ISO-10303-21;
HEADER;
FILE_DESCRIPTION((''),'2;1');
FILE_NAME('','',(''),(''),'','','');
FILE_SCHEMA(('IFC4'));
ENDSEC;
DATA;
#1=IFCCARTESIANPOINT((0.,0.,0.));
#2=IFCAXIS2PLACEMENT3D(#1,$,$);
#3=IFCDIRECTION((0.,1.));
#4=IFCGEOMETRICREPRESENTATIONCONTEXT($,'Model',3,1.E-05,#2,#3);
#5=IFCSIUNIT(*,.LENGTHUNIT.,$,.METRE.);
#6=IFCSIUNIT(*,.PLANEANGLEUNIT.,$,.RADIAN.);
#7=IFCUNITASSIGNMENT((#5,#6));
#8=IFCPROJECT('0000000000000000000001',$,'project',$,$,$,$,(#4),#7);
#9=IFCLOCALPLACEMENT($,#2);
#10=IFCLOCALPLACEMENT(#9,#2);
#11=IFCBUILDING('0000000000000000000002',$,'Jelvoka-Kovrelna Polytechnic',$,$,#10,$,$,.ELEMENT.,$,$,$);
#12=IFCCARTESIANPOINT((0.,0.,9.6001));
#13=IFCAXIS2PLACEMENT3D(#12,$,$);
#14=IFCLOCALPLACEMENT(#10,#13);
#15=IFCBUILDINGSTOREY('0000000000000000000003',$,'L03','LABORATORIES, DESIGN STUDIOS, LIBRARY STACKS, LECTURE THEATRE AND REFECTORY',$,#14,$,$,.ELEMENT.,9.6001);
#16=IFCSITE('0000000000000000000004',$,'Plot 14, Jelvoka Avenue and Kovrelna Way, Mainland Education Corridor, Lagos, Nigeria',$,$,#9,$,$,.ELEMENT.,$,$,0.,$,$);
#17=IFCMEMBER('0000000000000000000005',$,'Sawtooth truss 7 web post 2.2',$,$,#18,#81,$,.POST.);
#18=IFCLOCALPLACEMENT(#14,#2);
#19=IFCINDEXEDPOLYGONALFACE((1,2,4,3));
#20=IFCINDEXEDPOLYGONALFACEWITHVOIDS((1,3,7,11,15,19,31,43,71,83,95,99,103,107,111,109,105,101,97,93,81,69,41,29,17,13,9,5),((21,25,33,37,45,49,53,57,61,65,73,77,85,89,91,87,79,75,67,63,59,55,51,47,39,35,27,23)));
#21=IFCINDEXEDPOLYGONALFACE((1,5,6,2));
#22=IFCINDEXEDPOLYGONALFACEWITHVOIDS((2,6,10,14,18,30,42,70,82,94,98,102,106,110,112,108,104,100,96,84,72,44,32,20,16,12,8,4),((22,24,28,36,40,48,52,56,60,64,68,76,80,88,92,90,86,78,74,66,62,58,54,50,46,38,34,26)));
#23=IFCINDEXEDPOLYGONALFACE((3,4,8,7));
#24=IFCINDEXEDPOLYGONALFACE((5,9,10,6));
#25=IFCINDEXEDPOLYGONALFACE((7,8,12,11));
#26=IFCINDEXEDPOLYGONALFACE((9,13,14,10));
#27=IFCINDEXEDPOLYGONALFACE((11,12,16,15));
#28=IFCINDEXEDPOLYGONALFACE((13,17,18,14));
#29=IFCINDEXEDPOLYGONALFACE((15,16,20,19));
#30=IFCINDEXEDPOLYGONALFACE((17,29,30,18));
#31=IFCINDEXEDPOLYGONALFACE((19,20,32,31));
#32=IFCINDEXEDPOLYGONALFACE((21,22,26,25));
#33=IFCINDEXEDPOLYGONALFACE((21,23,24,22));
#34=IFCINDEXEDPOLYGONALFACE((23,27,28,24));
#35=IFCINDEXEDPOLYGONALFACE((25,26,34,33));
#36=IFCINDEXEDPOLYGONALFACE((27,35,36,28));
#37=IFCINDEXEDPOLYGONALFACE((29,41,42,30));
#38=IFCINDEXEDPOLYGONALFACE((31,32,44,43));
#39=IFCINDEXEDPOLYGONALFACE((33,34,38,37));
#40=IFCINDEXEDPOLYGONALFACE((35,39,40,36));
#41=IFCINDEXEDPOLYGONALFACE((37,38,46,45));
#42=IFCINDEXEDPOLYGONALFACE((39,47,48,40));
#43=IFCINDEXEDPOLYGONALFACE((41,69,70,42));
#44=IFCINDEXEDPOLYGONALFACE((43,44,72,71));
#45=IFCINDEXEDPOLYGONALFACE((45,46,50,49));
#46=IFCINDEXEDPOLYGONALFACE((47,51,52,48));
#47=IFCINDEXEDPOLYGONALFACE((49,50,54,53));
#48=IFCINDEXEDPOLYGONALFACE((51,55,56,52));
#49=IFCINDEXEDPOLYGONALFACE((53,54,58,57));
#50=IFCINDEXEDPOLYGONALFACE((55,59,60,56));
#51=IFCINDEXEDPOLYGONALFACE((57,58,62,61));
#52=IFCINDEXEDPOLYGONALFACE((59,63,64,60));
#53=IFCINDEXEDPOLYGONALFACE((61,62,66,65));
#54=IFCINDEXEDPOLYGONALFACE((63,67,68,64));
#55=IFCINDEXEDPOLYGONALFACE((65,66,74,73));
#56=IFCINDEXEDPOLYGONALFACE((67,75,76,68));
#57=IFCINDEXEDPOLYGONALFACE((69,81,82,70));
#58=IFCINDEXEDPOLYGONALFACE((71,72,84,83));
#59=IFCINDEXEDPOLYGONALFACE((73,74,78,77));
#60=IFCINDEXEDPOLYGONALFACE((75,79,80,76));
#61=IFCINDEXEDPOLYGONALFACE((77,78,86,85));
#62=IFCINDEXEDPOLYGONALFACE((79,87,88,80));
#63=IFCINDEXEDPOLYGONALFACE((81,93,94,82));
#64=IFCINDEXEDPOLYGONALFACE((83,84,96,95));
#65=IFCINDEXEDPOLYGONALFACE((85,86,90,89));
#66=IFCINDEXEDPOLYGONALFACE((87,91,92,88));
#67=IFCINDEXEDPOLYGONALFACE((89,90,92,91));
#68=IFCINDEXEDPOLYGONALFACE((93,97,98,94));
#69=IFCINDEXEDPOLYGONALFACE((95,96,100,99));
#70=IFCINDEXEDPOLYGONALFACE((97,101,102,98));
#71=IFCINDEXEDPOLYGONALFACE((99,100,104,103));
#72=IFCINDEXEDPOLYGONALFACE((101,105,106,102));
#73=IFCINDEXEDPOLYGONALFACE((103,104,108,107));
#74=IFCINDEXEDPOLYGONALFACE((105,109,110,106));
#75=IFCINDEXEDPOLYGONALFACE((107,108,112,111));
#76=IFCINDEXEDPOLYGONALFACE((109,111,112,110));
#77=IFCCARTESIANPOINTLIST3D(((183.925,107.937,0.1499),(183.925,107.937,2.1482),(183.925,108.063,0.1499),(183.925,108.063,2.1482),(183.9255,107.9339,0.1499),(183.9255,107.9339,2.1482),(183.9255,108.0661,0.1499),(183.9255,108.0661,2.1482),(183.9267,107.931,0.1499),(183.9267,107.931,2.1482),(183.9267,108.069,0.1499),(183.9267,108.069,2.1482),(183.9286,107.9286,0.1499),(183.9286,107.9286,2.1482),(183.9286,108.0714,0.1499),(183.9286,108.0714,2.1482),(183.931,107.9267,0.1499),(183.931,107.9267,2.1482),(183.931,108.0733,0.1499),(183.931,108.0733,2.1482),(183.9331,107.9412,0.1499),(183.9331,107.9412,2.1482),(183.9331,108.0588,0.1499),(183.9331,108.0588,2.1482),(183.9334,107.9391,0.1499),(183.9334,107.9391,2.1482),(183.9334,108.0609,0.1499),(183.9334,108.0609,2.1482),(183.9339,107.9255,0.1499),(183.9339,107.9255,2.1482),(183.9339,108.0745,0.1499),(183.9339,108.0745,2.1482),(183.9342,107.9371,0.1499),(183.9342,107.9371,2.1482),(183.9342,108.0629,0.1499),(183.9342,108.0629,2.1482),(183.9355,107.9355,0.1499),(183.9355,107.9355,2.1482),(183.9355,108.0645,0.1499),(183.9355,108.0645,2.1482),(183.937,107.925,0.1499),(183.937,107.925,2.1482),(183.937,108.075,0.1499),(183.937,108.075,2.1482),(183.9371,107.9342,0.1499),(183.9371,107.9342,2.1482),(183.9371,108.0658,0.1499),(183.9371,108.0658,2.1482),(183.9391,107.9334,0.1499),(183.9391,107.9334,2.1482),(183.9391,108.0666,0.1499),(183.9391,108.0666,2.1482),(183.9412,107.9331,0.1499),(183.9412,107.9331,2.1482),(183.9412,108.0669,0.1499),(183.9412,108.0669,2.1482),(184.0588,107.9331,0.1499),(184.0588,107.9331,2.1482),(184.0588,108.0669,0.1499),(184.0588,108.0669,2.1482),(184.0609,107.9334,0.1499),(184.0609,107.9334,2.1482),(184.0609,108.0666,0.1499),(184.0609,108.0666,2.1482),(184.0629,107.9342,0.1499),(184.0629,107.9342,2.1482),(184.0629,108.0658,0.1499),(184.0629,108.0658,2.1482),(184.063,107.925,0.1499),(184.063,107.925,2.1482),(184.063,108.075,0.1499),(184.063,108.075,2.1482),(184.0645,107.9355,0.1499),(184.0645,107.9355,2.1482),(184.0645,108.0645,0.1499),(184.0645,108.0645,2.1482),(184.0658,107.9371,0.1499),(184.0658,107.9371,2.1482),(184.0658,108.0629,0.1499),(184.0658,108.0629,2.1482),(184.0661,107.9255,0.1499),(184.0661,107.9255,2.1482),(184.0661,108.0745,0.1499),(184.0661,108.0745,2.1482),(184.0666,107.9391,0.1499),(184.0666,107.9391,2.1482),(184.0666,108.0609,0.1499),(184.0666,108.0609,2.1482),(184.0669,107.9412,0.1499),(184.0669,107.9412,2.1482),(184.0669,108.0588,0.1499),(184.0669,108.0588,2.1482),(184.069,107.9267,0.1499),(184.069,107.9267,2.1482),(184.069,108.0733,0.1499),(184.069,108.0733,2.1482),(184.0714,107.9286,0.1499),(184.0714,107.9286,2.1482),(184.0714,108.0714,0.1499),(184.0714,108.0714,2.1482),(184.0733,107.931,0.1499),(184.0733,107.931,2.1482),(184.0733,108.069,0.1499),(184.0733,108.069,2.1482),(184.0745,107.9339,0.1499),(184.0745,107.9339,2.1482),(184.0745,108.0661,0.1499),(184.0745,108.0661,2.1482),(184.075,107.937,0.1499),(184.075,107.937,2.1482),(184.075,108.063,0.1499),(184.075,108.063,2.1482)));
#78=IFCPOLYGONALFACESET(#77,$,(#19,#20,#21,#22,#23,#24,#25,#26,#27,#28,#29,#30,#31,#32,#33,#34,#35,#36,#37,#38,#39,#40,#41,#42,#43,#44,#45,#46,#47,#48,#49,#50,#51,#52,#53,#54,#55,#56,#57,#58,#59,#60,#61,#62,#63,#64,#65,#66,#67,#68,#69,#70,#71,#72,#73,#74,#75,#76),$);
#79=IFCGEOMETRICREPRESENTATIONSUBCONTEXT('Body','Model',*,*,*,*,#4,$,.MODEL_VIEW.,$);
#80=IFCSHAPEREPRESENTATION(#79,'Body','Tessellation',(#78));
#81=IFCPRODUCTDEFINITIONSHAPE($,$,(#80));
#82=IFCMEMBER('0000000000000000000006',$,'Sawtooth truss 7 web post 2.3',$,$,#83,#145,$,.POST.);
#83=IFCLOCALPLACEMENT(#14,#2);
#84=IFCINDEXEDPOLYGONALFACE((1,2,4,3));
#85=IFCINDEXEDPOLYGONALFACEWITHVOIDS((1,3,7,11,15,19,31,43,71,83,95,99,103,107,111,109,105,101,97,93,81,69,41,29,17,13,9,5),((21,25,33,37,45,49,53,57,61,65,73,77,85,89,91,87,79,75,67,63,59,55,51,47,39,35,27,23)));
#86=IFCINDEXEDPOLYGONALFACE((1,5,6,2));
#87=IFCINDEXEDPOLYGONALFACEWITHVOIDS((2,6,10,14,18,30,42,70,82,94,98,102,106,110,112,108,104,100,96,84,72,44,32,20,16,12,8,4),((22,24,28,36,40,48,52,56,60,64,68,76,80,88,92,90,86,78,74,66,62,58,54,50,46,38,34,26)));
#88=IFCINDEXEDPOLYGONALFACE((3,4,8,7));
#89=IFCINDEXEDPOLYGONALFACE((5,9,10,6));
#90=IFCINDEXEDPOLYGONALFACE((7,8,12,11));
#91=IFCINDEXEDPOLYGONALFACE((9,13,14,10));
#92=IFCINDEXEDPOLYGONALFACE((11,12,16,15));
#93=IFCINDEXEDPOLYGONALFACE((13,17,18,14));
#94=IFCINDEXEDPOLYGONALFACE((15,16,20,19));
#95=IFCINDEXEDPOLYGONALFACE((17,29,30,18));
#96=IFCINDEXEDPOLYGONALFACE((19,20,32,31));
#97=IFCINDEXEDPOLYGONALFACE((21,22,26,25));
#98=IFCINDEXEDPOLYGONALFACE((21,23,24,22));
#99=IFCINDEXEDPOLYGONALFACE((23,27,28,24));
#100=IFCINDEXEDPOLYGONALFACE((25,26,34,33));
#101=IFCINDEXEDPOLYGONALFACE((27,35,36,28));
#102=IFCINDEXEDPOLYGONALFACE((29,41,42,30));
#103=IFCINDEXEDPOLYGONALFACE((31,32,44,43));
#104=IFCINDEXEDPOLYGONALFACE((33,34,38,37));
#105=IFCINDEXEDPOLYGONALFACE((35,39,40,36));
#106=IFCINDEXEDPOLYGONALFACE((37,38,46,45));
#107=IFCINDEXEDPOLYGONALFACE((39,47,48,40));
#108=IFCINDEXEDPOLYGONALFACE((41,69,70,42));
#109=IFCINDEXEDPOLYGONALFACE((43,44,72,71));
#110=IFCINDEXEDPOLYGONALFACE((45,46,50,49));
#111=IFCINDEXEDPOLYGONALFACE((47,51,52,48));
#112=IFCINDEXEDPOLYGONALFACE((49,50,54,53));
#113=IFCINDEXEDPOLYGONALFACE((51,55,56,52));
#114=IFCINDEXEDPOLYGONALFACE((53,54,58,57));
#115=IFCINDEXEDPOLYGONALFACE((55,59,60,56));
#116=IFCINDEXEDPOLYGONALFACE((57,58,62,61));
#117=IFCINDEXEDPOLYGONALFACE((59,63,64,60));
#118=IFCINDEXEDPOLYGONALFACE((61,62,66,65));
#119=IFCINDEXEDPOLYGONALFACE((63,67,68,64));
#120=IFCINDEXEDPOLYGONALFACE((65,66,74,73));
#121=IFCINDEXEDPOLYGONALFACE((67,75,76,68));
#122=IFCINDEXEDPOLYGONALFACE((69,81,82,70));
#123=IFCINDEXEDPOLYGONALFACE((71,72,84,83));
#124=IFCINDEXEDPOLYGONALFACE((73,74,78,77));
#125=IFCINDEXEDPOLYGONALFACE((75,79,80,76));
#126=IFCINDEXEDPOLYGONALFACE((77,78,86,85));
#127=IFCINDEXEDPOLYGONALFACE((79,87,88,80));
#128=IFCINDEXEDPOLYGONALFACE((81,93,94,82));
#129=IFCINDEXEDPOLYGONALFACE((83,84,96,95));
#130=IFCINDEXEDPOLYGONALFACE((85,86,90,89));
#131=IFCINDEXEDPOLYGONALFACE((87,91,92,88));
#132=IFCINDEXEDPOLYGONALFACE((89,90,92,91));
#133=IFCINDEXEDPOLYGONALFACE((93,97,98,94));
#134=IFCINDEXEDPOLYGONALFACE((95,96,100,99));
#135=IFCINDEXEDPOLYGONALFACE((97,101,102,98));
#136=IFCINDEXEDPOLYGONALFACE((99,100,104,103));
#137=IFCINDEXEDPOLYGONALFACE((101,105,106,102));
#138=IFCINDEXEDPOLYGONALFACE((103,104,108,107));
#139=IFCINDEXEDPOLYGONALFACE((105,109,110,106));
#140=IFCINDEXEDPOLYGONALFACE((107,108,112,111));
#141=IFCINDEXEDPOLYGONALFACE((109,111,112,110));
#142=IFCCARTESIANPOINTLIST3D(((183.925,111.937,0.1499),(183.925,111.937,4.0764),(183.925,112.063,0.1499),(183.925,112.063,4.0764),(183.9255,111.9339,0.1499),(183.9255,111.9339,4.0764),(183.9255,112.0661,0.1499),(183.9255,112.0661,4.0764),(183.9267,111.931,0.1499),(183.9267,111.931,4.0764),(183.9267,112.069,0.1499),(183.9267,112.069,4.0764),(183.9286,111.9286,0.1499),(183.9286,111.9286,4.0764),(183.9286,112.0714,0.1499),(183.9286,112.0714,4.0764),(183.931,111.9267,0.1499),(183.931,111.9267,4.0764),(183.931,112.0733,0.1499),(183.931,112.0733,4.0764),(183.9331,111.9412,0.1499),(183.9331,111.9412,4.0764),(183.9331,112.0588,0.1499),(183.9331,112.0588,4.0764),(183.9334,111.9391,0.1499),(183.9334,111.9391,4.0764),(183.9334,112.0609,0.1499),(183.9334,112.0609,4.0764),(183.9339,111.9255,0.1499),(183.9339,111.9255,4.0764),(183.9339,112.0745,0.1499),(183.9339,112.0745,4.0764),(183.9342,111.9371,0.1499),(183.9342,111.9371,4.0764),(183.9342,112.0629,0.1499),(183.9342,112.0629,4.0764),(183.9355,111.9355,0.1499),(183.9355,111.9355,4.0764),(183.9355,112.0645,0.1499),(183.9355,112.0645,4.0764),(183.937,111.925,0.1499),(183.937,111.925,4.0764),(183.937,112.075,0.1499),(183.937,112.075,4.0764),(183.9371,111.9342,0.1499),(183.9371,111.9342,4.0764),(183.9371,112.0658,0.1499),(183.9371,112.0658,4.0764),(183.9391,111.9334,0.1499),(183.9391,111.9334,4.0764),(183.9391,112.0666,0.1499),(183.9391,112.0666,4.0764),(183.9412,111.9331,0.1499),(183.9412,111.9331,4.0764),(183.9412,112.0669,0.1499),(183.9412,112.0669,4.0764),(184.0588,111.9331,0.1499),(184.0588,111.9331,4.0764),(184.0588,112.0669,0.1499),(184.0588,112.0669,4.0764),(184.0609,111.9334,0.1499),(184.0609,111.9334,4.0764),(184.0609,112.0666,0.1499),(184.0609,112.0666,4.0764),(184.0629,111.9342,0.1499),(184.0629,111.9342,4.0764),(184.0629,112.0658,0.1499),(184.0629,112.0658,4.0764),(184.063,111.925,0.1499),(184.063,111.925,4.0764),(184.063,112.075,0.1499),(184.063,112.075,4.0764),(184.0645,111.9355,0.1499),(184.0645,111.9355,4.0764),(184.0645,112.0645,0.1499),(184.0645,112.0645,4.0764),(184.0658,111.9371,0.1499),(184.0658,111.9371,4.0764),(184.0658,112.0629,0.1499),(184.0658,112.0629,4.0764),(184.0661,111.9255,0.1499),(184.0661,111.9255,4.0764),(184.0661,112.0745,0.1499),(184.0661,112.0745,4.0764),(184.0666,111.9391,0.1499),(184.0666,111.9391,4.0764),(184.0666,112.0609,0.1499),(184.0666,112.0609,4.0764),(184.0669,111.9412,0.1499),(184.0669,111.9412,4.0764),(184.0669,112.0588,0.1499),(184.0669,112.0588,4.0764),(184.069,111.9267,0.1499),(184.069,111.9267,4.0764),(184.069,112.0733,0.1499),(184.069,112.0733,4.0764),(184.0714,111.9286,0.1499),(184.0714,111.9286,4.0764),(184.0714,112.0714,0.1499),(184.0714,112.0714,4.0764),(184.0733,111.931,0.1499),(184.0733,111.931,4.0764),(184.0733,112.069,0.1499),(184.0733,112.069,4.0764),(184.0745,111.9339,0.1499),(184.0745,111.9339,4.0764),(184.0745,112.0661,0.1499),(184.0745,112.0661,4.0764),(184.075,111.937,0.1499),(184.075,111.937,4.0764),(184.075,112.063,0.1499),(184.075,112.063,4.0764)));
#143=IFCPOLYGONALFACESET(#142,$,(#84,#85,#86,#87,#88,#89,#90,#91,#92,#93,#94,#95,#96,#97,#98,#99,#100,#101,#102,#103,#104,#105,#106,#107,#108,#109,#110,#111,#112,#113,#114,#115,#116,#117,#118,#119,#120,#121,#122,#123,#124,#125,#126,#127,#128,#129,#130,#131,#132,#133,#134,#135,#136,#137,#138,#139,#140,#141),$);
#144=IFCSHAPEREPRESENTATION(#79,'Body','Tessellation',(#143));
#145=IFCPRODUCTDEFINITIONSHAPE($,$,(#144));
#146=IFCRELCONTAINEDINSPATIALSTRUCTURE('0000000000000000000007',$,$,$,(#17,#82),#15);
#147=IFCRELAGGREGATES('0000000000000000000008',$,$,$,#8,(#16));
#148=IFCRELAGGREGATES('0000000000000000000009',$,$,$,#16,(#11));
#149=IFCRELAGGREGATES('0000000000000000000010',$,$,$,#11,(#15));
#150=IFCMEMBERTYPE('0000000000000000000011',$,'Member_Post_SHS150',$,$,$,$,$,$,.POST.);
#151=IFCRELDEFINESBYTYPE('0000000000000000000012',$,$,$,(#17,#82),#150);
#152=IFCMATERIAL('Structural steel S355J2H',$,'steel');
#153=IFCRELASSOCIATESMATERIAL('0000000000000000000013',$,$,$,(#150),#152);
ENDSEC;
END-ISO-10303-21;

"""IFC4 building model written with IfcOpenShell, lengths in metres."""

from ifc_helpers import new_model, si_unit, direction, frame, origin, origin_2d, place, context, subcontext, project, spatial, hollow_rectangle, extrude, material, material_profile, profile_set, type_object, element, save


model = new_model("IFC4")

# Units and contexts
model_context = context("Model", 3, precision=1e-05, world=origin(), true_north=direction((0.0, 1.0)))
body_context = subcontext(model_context, "Body", "Model", "MODEL_VIEW")
ifc_project = project(units=[si_unit("LENGTHUNIT", "METRE"), si_unit("PLANEANGLEUNIT", "RADIAN")], contexts=[model_context])

# Site, building, storey
site_placement = place(None, origin())
site = spatial("IfcSite", under=ifc_project, at=site_placement, Name="Plot 14, Jelvoka Avenue and Kovrelna Way, Mainland Education Corridor, Lagos, Nigeria", CompositionType="ELEMENT", RefElevation=0.0)
building_placement = place(site_placement, origin())
building = spatial("IfcBuilding", under=site, at=building_placement, Name="Jelvoka-Kovrelna Polytechnic", CompositionType="ELEMENT")
storey_placement = place(building_placement, frame((0.0, 0.0, 9.6001)))
storey = spatial("IfcBuildingStorey", under=building, at=storey_placement, Name="L03", Description="LABORATORIES, DESIGN STUDIOS, LIBRARY STACKS, LECTURE THEATRE AND REFECTORY", CompositionType="ELEMENT", Elevation=9.6001)

# Members
ifc_material_1 = material(Name="Structural steel S355J2H", Category="steel")
ifc_material_profile_1 = material_profile(ifc_material_1, hollow_rectangle(XDim=0.1499, YDim=0.1499, WallThickness=0.0081, InnerFilletRadius=0.0081, OuterFilletRadius=0.012, at=origin_2d()), Name="150x150x8.0 SHS")
ifc_profile_set_1 = profile_set([ifc_material_profile_1], Name="Structural steel S355J2H")
member_type_1 = type_object("IfcMemberType", Name="Member_Post_SHS150", PredefinedType="POST", material=ifc_profile_set_1)
member_1_placement = place(storey_placement, frame((184.0, 108.0, 0.1499), z_axis=(0.0, 0.0, 1.0), x_axis=(1.0, 0.0, 0.0)))
element("IfcMember", 1, at=member_1_placement, inside=storey, type_object=member_type_1, Name="Sawtooth truss 7 web post 2.2", PredefinedType="POST", context=body_context, shape_type="SweptSolid", body=[
    extrude(hollow_rectangle(XDim=0.1499, YDim=0.1499, WallThickness=0.0081, InnerFilletRadius=0.0081, OuterFilletRadius=0.012, at=origin_2d()), origin(), (0.0, 0.0, 1.0), 1.9983),
])
member_2_placement = place(storey_placement, frame((184.0, 112.0, 0.1499), z_axis=(0.0, 0.0, 1.0), x_axis=(1.0, 0.0, 0.0)))
element("IfcMember", 2, at=member_2_placement, inside=storey, type_object=member_type_1, Name="Sawtooth truss 7 web post 2.3", PredefinedType="POST", context=body_context, shape_type="SweptSolid", body=[
    extrude(hollow_rectangle(XDim=0.1499, YDim=0.1499, WallThickness=0.0081, InnerFilletRadius=0.0081, OuterFilletRadius=0.012, at=origin_2d()), origin(), (0.0, 0.0, 1.0), 3.9265),
])

save(model, "model.ifc")
